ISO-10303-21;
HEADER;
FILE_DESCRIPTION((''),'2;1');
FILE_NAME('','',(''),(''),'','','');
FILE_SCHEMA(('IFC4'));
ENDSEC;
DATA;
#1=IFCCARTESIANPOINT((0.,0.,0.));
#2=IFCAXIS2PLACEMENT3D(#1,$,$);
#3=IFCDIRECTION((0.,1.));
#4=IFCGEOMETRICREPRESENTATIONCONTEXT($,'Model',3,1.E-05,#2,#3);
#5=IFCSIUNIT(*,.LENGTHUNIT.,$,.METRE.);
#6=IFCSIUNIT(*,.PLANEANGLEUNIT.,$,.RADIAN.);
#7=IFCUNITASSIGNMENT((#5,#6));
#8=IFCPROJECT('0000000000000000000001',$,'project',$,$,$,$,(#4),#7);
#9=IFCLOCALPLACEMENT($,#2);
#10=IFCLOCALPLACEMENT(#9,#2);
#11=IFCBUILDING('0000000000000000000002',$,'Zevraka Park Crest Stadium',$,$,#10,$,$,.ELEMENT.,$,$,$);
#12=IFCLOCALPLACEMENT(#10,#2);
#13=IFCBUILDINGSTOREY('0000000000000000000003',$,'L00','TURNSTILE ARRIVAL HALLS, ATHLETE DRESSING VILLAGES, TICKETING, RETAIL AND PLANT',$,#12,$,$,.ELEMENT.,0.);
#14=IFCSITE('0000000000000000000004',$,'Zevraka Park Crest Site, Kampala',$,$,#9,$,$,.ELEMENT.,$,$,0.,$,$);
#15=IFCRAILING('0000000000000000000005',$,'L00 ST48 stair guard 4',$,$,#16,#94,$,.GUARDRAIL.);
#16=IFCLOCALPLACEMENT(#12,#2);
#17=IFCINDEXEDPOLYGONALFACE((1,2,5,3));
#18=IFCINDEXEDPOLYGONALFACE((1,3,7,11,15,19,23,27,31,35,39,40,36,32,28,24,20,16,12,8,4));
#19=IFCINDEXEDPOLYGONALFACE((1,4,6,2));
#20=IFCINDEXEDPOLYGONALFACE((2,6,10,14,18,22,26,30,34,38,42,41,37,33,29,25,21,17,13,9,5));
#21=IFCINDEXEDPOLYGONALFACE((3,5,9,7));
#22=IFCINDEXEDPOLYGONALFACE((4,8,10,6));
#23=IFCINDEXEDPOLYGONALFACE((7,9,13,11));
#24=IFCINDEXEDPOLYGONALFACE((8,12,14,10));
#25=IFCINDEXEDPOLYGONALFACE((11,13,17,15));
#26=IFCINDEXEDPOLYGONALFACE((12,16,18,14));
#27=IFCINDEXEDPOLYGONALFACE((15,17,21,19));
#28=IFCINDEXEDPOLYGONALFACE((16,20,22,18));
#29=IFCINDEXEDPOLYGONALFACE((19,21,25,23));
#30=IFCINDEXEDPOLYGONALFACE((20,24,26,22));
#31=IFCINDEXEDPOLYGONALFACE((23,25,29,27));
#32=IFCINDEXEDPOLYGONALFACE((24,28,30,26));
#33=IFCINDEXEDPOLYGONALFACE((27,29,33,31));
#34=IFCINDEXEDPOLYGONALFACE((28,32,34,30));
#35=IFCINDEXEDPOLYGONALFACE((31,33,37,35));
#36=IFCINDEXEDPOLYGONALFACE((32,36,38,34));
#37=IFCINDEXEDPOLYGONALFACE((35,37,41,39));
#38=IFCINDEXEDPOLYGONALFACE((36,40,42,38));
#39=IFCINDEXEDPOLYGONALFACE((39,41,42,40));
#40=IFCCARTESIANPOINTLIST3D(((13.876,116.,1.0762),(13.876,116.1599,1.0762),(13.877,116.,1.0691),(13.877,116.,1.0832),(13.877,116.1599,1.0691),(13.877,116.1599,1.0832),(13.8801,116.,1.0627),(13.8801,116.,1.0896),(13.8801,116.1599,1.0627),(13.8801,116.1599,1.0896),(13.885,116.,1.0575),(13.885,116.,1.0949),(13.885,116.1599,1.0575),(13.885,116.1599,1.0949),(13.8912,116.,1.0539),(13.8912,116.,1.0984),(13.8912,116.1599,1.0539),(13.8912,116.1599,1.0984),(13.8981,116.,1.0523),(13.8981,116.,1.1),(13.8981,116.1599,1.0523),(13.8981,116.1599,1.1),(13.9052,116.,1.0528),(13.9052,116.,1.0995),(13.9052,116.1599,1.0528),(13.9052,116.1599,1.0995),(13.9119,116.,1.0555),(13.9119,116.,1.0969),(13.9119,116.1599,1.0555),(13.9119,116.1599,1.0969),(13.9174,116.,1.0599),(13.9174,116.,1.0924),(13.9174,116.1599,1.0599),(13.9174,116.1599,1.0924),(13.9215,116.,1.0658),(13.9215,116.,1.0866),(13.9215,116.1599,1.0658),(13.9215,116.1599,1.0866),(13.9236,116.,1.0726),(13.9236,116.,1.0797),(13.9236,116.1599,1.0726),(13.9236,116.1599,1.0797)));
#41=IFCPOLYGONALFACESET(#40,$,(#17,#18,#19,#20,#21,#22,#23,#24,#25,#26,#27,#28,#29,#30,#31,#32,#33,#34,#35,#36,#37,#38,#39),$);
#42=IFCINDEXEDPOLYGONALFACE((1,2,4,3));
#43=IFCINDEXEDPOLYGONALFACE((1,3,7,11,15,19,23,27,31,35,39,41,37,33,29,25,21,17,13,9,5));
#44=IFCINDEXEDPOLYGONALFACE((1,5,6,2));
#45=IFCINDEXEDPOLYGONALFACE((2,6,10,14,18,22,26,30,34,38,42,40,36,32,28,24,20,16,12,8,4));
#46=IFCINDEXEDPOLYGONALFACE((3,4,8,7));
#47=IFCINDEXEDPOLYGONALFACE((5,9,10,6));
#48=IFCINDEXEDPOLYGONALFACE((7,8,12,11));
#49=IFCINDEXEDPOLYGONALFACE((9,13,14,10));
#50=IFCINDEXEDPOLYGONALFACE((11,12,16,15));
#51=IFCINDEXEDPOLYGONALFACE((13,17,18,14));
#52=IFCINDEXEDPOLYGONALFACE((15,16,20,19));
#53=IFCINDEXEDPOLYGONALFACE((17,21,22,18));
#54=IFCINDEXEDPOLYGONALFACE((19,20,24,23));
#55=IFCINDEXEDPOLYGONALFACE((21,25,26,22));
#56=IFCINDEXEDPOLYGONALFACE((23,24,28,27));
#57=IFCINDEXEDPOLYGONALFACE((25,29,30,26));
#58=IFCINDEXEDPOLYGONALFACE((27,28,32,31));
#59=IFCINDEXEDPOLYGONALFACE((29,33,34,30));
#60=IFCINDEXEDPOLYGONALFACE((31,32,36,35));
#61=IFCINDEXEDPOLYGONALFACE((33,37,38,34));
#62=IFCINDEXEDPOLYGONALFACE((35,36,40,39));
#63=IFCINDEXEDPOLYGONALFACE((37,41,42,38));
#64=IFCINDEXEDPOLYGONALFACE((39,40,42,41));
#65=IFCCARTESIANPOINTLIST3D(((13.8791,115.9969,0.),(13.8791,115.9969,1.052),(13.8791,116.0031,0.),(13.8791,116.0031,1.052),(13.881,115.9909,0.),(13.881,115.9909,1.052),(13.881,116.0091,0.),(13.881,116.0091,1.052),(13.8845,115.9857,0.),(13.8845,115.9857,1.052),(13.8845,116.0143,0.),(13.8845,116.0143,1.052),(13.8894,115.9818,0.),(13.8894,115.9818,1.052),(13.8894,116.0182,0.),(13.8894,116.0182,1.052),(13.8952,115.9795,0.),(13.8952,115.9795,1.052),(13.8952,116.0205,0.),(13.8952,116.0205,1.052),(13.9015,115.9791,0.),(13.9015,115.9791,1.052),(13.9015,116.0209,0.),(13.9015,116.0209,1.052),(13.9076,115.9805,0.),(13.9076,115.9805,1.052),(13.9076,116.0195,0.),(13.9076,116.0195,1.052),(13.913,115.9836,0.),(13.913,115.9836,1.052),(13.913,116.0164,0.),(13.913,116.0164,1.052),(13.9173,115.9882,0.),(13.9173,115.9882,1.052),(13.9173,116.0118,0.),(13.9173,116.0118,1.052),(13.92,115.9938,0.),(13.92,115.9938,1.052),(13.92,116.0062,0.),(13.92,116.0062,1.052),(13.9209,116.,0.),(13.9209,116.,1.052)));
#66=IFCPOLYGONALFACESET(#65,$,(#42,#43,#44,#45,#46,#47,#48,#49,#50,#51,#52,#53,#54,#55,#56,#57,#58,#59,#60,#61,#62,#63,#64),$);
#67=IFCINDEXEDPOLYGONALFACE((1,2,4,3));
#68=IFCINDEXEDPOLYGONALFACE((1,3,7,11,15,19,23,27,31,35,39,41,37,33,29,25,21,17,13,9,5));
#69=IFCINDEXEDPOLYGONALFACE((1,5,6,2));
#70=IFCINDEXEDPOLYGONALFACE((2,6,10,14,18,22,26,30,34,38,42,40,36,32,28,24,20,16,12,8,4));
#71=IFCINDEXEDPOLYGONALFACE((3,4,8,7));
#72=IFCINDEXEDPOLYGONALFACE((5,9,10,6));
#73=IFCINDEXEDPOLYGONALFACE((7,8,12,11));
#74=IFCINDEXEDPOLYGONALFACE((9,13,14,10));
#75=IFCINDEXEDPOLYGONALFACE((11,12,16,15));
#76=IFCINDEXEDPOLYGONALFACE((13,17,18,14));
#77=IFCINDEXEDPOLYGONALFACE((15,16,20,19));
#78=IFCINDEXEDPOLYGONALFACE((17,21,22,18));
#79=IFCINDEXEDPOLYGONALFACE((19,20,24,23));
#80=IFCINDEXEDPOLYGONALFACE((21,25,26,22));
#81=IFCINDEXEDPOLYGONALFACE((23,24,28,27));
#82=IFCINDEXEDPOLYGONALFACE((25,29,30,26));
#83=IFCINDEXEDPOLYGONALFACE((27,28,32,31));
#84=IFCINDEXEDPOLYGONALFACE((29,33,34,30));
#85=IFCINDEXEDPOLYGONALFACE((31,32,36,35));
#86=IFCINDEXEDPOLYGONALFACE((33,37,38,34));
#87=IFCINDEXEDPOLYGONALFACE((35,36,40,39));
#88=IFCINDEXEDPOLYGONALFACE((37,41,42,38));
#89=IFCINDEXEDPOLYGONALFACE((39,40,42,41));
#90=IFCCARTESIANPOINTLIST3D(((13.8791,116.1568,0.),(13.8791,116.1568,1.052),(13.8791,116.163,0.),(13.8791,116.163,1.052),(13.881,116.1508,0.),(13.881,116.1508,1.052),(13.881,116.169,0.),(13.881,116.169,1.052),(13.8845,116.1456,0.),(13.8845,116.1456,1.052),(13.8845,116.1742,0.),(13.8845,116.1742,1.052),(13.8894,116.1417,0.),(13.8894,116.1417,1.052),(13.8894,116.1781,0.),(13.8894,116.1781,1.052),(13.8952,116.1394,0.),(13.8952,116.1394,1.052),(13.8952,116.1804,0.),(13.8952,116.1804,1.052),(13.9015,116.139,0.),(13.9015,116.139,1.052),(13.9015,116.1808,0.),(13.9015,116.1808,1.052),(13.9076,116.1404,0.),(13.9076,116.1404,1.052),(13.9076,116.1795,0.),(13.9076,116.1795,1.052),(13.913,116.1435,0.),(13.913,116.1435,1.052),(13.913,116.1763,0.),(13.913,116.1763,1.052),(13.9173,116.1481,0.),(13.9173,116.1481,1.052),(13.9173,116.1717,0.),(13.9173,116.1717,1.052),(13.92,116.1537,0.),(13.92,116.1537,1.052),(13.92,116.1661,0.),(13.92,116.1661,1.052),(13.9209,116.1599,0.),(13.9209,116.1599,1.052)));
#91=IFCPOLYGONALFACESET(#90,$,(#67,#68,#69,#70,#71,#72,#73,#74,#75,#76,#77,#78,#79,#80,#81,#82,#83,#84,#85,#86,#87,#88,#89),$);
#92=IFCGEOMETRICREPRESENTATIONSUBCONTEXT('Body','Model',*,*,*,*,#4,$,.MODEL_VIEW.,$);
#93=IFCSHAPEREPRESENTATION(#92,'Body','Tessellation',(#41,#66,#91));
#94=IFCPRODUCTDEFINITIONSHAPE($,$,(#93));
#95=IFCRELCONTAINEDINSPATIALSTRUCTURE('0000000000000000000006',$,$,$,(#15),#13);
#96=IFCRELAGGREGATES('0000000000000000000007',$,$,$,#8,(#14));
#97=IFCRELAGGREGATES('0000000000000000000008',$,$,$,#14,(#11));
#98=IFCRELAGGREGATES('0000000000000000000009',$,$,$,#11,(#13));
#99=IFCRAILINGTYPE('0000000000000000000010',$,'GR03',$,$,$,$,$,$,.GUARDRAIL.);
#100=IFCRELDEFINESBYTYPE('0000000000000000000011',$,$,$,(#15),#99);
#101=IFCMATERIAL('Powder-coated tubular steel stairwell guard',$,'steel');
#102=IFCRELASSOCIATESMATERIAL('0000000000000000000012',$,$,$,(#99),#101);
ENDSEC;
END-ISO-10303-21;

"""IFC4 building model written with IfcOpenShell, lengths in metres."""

from ifc_helpers import new_model, si_unit, direction, frame, origin, origin_2d, place, context, subcontext, project, spatial, circle, extrude, material, type_object, element, save


model = new_model("IFC4")

# Units and contexts
model_context = context("Model", 3, precision=1e-05, world=origin(), true_north=direction((0.0, 1.0)))
body_context = subcontext(model_context, "Body", "Model", "MODEL_VIEW")
ifc_project = project(units=[si_unit("LENGTHUNIT", "METRE"), si_unit("PLANEANGLEUNIT", "RADIAN")], contexts=[model_context])

# Site, building, storey
site_placement = place(None, origin())
site = spatial("IfcSite", under=ifc_project, at=site_placement, Name="Zevraka Park Crest Site, Kampala", CompositionType="ELEMENT", RefElevation=0.0)
building_placement = place(site_placement, origin())
building = spatial("IfcBuilding", under=site, at=building_placement, Name="Zevraka Park Crest Stadium", CompositionType="ELEMENT")
storey_placement = place(building_placement, origin())
storey = spatial("IfcBuildingStorey", under=building, at=storey_placement, Name="L00", Description="TURNSTILE ARRIVAL HALLS, ATHLETE DRESSING VILLAGES, TICKETING, RETAIL AND PLANT", CompositionType="ELEMENT", Elevation=0.0)

# Railing
ifc_material_1 = material(Name="Powder-coated tubular steel stairwell guard", Category="steel")
railing_type_1 = type_object("IfcRailingType", Name="GR03", PredefinedType="GUARDRAIL", material=ifc_material_1)
railing_1_placement = place(storey_placement, frame((13.8999, 116.0, 0.0)))
element("IfcRailing", 1, at=railing_1_placement, inside=storey, type_object=railing_type_1, Name="L00 ST48 stair guard 4", PredefinedType="GUARDRAIL", context=body_context, shape_type="SweptSolid", body=[
    extrude(circle(Radius=0.0239, at=origin_2d()), frame((0.0, 0.0, 1.0762), z_axis=(0.0, 1.0, 0.0), x_axis=(-1.0, 0.0, 0.0)), (0.0, 0.0, 1.0), 0.1599),
    extrude(circle(Radius=0.021, at=origin_2d()), origin(), (0.0, 0.0, 1.0), 1.052),
    extrude(circle(Radius=0.021, at=origin_2d()), frame((0.0, 0.1599, 0.0)), (0.0, 0.0, 1.0), 1.052),
])

save(model, "model.ifc")
